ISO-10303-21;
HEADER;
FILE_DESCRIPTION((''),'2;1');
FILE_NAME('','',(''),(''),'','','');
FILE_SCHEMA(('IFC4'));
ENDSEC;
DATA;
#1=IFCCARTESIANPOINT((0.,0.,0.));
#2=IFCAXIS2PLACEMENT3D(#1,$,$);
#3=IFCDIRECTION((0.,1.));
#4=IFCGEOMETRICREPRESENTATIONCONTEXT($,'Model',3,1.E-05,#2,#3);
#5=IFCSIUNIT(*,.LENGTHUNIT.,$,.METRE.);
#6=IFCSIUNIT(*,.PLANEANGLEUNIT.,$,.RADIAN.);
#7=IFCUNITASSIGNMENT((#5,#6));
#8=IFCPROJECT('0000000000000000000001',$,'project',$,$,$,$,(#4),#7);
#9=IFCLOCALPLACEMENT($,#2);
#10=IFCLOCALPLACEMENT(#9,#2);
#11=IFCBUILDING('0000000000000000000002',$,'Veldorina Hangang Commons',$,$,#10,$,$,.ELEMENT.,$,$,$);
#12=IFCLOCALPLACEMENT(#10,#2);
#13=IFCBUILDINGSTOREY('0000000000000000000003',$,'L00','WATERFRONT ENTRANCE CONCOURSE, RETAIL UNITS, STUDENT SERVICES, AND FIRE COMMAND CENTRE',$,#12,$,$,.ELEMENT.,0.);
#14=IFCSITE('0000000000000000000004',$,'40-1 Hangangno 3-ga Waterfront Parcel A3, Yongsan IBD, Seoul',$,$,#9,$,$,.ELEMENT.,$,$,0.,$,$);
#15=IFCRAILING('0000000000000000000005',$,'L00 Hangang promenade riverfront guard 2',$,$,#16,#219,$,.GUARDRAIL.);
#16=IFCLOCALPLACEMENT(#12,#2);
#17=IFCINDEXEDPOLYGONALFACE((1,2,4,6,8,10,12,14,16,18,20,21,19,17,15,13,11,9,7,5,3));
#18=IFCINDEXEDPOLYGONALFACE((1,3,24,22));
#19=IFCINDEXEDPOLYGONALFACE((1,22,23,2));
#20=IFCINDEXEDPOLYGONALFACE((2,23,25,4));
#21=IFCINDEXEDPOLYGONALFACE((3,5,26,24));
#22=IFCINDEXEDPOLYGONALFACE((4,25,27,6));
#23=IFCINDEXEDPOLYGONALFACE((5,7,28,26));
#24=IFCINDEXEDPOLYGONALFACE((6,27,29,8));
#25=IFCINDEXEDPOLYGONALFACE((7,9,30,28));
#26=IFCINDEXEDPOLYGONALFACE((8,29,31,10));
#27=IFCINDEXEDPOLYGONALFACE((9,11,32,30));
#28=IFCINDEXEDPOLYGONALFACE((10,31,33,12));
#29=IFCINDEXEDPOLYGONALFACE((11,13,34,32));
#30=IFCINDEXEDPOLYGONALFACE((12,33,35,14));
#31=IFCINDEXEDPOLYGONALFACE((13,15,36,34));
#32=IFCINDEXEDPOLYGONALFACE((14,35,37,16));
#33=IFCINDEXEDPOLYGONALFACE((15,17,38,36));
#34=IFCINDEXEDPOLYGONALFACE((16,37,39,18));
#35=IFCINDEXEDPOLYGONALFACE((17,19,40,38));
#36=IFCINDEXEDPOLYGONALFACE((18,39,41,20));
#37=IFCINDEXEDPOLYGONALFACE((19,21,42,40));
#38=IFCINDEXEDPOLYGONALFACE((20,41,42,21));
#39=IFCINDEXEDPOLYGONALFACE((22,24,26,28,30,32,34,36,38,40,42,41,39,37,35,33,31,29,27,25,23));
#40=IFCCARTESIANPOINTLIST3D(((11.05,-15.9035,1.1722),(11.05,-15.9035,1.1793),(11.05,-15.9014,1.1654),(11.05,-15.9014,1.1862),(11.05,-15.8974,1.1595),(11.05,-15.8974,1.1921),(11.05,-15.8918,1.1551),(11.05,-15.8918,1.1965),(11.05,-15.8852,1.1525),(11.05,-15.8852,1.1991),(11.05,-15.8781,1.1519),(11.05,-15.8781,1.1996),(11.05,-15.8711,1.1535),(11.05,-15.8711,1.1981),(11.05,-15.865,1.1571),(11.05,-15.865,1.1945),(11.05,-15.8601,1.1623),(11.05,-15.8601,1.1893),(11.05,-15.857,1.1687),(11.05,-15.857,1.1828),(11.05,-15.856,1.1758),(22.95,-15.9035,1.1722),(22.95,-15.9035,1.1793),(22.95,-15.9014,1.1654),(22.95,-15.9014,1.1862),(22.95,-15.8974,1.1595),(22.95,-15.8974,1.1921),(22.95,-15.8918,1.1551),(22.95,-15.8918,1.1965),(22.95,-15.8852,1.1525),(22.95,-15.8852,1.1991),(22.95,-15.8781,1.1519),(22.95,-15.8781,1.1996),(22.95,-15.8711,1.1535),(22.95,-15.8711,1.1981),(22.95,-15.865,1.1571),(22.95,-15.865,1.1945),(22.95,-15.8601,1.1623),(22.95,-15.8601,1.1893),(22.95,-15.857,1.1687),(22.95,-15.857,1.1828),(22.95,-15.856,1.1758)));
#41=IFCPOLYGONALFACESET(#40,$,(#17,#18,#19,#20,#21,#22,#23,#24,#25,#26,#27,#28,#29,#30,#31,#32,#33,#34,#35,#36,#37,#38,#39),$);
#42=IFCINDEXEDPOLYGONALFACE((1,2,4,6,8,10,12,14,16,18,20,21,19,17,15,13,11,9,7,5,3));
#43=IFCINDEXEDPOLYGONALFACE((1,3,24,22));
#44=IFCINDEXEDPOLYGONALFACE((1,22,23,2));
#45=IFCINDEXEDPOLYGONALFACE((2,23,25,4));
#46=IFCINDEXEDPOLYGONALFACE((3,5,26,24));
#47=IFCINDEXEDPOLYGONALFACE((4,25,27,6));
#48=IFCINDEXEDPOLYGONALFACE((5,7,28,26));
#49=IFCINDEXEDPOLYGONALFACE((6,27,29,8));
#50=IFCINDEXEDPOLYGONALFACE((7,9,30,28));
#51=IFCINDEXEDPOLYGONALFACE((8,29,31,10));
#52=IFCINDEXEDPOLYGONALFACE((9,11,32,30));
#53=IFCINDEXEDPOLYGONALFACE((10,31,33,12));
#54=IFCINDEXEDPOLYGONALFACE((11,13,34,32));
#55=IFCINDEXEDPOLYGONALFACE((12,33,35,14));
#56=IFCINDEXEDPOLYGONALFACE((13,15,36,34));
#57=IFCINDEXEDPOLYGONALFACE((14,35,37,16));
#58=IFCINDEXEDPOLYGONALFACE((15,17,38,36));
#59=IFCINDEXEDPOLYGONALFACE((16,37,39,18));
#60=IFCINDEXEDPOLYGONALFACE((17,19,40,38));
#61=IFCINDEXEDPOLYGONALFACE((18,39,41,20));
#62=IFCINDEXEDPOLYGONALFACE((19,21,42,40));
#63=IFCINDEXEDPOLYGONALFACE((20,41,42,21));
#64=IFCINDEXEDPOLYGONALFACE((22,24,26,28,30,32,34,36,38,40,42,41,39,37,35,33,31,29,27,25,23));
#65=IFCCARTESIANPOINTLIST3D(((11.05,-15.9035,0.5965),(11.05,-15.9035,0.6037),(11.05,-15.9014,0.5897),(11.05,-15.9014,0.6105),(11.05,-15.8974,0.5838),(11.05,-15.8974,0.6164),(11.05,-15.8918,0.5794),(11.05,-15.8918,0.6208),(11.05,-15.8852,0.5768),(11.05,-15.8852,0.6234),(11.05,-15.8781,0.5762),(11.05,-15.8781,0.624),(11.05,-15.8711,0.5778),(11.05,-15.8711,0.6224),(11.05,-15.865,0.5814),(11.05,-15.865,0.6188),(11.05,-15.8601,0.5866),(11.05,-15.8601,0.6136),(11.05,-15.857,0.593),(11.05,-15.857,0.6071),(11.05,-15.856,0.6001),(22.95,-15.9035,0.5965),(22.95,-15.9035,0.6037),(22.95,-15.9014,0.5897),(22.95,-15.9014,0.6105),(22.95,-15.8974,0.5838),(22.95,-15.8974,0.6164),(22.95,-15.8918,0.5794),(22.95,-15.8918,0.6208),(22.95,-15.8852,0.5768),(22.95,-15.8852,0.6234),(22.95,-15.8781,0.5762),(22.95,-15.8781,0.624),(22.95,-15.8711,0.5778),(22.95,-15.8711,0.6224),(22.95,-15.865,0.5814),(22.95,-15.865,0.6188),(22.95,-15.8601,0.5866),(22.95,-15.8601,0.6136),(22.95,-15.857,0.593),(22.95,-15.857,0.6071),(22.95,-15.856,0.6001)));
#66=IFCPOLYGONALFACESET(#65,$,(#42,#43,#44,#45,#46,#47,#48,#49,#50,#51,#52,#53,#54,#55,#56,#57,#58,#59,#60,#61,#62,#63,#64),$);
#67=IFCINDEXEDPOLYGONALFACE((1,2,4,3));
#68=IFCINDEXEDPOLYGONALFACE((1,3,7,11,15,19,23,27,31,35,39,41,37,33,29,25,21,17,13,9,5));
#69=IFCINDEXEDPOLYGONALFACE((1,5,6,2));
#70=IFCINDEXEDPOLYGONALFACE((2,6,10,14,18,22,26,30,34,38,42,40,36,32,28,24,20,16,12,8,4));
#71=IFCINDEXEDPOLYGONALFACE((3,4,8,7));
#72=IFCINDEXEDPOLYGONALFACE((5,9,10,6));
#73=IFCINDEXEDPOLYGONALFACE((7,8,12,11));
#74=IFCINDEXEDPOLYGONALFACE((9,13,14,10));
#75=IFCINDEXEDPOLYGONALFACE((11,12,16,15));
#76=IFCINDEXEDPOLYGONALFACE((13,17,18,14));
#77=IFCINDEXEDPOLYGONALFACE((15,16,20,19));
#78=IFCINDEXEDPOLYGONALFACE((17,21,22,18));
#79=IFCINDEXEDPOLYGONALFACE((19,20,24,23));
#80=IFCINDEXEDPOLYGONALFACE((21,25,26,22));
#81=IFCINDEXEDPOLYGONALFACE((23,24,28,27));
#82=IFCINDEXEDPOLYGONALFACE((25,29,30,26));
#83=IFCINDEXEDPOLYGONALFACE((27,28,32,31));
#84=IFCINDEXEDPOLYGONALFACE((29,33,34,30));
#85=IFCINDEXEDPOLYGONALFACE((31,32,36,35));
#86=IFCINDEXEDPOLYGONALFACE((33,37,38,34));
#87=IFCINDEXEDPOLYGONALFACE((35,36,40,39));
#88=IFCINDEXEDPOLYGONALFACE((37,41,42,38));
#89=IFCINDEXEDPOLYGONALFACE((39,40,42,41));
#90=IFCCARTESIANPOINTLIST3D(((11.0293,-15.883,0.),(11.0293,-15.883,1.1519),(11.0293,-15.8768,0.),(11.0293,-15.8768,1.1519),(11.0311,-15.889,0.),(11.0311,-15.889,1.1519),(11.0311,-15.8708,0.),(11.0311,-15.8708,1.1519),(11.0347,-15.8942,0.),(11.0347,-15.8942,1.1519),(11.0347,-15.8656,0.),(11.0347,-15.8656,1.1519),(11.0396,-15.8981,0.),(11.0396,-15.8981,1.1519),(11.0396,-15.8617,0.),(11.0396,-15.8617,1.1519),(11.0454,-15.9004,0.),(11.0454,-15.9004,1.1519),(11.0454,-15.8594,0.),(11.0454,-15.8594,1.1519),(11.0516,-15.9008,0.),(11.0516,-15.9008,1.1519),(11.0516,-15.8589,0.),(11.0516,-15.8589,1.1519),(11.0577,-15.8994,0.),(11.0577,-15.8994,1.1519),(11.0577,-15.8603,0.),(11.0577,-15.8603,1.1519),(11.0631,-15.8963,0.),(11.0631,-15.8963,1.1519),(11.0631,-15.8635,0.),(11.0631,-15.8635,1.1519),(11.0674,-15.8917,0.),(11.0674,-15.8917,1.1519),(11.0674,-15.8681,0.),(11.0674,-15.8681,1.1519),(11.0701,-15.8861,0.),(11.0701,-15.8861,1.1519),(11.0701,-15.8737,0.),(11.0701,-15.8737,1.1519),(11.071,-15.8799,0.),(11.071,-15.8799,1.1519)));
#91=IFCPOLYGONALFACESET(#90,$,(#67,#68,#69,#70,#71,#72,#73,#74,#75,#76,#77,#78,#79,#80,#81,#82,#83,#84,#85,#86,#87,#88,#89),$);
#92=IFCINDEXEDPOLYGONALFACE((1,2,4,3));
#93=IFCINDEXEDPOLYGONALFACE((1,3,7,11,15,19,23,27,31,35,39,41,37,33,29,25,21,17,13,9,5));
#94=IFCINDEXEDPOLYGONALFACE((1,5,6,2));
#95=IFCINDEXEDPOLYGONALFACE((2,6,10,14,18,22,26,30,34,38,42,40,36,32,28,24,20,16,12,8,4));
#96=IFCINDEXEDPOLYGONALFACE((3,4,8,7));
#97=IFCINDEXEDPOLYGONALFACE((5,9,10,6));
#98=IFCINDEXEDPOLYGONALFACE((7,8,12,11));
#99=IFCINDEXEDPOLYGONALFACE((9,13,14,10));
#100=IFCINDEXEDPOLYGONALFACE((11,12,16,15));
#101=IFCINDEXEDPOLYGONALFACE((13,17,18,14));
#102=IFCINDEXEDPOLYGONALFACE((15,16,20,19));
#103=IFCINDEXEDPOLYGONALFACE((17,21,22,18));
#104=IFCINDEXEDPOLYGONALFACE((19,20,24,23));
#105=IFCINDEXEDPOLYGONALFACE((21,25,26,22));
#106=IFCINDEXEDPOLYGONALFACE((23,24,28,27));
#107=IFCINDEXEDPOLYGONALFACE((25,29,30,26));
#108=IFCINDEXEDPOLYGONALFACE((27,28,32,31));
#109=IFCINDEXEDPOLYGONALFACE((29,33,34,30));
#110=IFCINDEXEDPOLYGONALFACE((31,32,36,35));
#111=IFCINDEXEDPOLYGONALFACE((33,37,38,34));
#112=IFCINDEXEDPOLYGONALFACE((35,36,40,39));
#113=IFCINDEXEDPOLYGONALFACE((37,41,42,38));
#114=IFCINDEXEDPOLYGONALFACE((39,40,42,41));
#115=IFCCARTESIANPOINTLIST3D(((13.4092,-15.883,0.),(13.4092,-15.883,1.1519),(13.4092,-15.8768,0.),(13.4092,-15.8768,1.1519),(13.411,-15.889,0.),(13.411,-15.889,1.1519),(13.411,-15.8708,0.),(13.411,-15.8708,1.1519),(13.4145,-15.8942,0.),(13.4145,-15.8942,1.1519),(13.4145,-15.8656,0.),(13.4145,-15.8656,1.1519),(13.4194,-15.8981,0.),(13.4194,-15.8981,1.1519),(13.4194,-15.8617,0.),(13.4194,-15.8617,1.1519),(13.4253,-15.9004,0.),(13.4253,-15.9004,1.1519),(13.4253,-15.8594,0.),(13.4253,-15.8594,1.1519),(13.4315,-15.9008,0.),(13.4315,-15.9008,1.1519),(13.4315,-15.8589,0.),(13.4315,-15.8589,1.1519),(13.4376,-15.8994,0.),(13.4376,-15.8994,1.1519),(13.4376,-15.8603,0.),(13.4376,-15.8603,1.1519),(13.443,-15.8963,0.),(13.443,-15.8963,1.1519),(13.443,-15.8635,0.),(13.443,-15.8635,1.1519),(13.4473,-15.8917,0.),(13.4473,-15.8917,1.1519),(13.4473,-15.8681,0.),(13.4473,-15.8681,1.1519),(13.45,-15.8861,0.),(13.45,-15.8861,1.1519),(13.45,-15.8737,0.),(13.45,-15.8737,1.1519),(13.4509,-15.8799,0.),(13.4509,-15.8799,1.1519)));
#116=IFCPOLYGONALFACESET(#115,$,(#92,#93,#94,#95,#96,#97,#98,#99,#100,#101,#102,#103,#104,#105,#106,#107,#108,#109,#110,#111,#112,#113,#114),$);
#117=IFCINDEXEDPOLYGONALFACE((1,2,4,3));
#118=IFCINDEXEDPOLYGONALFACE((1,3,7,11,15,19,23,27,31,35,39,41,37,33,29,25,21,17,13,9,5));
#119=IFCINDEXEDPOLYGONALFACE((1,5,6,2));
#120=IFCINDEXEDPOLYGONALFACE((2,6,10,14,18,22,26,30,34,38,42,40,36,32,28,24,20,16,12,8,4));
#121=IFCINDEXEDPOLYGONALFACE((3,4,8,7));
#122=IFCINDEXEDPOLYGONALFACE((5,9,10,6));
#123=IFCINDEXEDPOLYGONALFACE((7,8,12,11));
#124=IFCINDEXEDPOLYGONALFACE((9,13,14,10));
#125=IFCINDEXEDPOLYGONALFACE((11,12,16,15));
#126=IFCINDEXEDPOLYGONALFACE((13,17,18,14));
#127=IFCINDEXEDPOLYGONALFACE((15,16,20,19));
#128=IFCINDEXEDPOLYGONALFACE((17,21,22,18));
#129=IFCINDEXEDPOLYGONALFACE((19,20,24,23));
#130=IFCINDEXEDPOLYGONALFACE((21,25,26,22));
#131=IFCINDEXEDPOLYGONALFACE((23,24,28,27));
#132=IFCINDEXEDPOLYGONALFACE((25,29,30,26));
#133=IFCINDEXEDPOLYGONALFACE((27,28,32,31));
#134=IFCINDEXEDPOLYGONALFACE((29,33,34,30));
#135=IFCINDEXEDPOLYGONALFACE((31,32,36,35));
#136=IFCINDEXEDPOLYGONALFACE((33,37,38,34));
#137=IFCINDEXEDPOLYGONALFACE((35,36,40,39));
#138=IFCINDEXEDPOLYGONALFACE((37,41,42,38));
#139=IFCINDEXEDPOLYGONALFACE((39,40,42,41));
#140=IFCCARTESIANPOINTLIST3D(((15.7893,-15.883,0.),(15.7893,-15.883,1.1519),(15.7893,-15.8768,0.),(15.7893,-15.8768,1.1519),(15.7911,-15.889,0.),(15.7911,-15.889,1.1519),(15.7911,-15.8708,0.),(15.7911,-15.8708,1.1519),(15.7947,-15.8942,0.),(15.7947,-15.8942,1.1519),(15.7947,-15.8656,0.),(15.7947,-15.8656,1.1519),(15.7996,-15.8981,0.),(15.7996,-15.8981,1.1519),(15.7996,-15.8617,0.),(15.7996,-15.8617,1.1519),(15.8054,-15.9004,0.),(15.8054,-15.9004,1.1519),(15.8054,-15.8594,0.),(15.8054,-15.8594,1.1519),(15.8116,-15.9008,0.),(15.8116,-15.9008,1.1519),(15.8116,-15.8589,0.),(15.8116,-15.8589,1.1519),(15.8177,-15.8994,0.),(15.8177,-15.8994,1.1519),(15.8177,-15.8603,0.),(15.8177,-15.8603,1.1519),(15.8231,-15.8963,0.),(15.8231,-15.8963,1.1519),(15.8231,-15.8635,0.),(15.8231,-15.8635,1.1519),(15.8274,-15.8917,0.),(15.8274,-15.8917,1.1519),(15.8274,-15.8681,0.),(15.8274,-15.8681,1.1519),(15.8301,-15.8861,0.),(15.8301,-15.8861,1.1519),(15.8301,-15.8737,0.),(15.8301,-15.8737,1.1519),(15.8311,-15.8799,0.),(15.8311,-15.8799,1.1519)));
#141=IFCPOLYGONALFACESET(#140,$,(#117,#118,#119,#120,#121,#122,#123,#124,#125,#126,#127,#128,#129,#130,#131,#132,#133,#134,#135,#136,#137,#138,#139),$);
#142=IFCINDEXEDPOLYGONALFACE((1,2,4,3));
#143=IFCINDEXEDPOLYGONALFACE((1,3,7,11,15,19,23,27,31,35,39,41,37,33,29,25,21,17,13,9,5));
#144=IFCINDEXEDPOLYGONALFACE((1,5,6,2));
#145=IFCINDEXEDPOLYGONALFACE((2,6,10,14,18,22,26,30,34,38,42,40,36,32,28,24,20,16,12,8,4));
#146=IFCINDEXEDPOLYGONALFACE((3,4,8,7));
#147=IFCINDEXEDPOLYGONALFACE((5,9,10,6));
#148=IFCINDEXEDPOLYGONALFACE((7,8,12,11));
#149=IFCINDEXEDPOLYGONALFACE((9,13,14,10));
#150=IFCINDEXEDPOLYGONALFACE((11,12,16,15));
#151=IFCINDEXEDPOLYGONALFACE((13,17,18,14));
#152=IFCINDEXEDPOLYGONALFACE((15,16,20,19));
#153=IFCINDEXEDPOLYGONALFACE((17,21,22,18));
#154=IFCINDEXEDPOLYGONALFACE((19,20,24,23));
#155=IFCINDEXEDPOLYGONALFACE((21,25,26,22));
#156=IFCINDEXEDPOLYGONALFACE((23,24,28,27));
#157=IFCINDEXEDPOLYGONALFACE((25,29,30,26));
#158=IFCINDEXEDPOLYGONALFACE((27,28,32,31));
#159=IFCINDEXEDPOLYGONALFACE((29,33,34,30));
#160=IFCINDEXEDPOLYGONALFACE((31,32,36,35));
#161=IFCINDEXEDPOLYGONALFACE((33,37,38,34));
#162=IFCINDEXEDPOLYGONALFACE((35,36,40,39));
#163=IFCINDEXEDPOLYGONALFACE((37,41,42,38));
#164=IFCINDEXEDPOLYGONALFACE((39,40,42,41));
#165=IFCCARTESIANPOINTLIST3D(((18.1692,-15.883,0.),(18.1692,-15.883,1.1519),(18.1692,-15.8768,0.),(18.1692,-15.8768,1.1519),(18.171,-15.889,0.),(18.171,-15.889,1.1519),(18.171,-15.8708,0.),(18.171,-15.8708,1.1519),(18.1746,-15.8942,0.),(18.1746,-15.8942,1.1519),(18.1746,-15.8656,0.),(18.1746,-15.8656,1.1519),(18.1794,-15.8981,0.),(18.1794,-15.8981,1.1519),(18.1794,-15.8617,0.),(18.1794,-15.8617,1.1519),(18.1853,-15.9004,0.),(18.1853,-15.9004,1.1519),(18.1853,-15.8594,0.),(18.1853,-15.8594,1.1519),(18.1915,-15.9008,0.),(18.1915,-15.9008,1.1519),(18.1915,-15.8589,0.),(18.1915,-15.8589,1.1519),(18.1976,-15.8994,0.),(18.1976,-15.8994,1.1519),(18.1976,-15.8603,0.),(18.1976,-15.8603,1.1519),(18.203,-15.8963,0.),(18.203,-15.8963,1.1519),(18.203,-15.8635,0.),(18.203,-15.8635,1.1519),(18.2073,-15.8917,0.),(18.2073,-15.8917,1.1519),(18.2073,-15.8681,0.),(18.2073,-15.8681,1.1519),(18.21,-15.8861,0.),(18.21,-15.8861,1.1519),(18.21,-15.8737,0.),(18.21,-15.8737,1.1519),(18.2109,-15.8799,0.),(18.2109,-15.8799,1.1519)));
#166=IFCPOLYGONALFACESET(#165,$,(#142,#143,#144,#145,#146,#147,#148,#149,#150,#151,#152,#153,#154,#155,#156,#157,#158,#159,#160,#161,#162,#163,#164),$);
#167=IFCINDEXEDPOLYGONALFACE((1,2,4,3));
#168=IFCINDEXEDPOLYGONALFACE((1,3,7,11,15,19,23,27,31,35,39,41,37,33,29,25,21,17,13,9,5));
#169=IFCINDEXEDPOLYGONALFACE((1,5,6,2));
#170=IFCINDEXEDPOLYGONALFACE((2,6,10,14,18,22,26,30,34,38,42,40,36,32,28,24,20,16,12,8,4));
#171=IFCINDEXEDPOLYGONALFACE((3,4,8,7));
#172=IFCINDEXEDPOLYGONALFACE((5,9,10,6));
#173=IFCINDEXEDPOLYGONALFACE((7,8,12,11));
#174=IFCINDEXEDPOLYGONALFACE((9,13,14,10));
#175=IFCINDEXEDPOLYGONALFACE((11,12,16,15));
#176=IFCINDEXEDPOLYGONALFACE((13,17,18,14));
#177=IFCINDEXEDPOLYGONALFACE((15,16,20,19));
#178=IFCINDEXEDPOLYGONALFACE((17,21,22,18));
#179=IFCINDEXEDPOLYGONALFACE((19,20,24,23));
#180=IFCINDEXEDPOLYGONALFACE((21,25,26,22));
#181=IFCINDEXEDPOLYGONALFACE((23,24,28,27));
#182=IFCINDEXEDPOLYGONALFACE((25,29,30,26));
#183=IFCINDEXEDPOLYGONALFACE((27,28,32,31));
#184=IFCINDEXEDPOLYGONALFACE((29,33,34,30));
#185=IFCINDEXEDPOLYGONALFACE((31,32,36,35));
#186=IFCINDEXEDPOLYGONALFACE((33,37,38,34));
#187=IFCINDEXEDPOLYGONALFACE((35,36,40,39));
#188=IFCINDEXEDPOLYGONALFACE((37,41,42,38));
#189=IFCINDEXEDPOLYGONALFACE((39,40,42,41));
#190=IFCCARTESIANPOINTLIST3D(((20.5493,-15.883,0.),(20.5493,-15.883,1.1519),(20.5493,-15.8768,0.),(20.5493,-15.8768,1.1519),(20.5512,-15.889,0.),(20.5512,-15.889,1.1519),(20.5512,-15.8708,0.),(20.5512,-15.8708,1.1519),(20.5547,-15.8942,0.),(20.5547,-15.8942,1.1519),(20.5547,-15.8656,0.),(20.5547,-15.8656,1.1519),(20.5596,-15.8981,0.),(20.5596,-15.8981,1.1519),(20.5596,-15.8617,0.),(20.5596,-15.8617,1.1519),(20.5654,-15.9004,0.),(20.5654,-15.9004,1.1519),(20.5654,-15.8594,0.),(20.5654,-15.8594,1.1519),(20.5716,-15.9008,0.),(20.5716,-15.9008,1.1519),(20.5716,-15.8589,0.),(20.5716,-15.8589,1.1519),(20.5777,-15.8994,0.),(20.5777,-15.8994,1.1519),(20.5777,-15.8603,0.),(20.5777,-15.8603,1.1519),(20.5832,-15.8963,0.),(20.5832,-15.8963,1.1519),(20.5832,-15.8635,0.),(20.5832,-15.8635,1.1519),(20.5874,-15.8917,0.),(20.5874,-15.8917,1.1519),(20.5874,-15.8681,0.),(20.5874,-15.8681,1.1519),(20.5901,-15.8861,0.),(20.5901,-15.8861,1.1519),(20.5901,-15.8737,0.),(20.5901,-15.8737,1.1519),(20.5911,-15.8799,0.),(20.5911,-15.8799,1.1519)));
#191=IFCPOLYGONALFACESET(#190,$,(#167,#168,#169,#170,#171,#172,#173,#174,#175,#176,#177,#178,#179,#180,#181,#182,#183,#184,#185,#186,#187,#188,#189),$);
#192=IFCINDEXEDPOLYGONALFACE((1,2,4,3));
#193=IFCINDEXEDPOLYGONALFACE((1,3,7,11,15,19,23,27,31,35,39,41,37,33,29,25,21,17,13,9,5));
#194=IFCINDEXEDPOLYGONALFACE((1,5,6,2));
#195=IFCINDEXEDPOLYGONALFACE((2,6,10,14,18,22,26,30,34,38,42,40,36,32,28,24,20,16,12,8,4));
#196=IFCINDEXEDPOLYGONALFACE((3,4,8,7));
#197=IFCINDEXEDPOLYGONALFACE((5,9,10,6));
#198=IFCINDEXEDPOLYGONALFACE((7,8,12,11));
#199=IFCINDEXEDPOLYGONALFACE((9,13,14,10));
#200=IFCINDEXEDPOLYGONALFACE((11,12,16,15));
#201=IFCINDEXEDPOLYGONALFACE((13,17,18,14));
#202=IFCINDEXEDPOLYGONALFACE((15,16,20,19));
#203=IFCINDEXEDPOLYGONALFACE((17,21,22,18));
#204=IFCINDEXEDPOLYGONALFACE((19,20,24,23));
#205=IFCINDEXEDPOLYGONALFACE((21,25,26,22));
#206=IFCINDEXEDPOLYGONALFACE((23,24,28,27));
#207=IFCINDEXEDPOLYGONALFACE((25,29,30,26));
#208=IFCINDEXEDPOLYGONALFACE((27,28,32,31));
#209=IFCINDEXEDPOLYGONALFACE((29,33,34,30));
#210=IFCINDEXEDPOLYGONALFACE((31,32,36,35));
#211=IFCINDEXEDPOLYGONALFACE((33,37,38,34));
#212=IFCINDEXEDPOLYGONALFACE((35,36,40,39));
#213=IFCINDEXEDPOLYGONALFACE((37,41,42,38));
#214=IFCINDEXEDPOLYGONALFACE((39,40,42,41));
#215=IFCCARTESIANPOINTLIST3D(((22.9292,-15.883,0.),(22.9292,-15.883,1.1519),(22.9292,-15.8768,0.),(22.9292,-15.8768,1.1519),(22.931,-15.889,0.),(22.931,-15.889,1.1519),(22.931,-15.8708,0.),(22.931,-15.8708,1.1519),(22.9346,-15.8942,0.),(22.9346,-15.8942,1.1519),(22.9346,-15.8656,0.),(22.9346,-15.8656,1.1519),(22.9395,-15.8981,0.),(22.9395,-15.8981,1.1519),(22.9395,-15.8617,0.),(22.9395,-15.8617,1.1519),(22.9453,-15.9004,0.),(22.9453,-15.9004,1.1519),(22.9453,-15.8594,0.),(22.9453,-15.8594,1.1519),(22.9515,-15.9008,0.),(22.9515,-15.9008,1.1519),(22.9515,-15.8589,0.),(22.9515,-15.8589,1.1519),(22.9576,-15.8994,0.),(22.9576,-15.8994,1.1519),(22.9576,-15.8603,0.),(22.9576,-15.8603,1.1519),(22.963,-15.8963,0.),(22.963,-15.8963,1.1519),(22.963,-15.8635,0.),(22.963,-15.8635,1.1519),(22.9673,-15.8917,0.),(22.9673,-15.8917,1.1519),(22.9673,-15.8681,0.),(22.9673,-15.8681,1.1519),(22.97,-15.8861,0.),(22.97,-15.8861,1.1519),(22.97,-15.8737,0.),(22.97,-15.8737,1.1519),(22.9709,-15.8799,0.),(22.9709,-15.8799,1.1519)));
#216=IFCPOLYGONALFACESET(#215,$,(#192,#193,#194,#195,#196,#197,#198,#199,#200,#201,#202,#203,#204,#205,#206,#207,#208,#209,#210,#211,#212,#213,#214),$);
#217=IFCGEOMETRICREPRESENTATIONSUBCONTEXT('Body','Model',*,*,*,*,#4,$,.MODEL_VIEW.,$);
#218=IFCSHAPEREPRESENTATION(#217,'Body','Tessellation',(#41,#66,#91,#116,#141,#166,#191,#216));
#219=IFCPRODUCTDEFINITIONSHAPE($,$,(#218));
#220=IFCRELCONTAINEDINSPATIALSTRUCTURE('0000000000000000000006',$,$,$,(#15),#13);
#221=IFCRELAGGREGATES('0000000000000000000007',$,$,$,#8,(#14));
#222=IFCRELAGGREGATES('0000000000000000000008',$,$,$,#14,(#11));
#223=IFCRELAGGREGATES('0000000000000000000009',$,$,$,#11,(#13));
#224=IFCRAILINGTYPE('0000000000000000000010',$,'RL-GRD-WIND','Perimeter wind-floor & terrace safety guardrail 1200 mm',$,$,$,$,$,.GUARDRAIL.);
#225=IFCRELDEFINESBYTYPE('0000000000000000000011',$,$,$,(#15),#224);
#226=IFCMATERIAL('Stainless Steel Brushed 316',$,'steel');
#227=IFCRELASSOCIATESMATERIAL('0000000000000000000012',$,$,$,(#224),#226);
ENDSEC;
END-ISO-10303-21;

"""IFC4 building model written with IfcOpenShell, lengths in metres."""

from ifc_helpers import new_model, si_unit, direction, frame, origin, origin_2d, place, context, subcontext, project, spatial, circle, extrude, material, type_object, element, save


model = new_model("IFC4")

# Units and contexts
model_context = context("Model", 3, precision=1e-05, world=origin(), true_north=direction((0.0, 1.0)))
body_context = subcontext(model_context, "Body", "Model", "MODEL_VIEW")
ifc_project = project(units=[si_unit("LENGTHUNIT", "METRE"), si_unit("PLANEANGLEUNIT", "RADIAN")], contexts=[model_context])

# Site, building, storey
site_placement = place(None, origin())
site = spatial("IfcSite", under=ifc_project, at=site_placement, Name="40-1 Hangangno 3-ga Waterfront Parcel A3, Yongsan IBD, Seoul", CompositionType="ELEMENT", RefElevation=0.0)
building_placement = place(site_placement, origin())
building = spatial("IfcBuilding", under=site, at=building_placement, Name="Veldorina Hangang Commons", CompositionType="ELEMENT")
storey_placement = place(building_placement, origin())
storey = spatial("IfcBuildingStorey", under=building, at=storey_placement, Name="L00", Description="WATERFRONT ENTRANCE CONCOURSE, RETAIL UNITS, STUDENT SERVICES, AND FIRE COMMAND CENTRE", CompositionType="ELEMENT", Elevation=0.0)

# Railing
ifc_material_1 = material(Name="Stainless Steel Brushed 316", Category="steel")
railing_type_1 = type_object("IfcRailingType", Name="RL-GRD-WIND", Description="Perimeter wind-floor & terrace safety guardrail 1200 mm", PredefinedType="GUARDRAIL", material=ifc_material_1)
railing_1_placement = place(storey_placement, frame((11.05, -15.8799, 0.0)))
element("IfcRailing", 1, at=railing_1_placement, inside=storey, type_object=railing_type_1, Name="L00 Hangang promenade riverfront guard 2", PredefinedType="GUARDRAIL", context=body_context, shape_type="SweptSolid", body=[
    extrude(circle(Radius=0.0239, at=origin_2d()), frame((0.0, 0.0, 1.1758), z_axis=(1.0, 0.0, 0.0), x_axis=(0.0, 1.0, 0.0)), (0.0, 0.0, 1.0), 11.8999),
    extrude(circle(Radius=0.0239, at=origin_2d()), frame((0.0, 0.0, 0.6001), z_axis=(1.0, 0.0, 0.0), x_axis=(0.0, 1.0, 0.0)), (0.0, 0.0, 1.0), 11.8999),
    extrude(circle(Radius=0.021, at=origin_2d()), origin(), (0.0, 0.0, 1.0), 1.1519),
    extrude(circle(Radius=0.021, at=origin_2d()), frame((2.3799, 0.0, 0.0)), (0.0, 0.0, 1.0), 1.1519),
    extrude(circle(Radius=0.021, at=origin_2d()), frame((4.76, 0.0, 0.0)), (0.0, 0.0, 1.0), 1.1519),
    extrude(circle(Radius=0.021, at=origin_2d()), frame((7.1399, 0.0, 0.0)), (0.0, 0.0, 1.0), 1.1519),
    extrude(circle(Radius=0.021, at=origin_2d()), frame((9.52, 0.0, 0.0)), (0.0, 0.0, 1.0), 1.1519),
    extrude(circle(Radius=0.021, at=origin_2d()), frame((11.8999, 0.0, 0.0)), (0.0, 0.0, 1.0), 1.1519),
])

save(model, "model.ifc")
